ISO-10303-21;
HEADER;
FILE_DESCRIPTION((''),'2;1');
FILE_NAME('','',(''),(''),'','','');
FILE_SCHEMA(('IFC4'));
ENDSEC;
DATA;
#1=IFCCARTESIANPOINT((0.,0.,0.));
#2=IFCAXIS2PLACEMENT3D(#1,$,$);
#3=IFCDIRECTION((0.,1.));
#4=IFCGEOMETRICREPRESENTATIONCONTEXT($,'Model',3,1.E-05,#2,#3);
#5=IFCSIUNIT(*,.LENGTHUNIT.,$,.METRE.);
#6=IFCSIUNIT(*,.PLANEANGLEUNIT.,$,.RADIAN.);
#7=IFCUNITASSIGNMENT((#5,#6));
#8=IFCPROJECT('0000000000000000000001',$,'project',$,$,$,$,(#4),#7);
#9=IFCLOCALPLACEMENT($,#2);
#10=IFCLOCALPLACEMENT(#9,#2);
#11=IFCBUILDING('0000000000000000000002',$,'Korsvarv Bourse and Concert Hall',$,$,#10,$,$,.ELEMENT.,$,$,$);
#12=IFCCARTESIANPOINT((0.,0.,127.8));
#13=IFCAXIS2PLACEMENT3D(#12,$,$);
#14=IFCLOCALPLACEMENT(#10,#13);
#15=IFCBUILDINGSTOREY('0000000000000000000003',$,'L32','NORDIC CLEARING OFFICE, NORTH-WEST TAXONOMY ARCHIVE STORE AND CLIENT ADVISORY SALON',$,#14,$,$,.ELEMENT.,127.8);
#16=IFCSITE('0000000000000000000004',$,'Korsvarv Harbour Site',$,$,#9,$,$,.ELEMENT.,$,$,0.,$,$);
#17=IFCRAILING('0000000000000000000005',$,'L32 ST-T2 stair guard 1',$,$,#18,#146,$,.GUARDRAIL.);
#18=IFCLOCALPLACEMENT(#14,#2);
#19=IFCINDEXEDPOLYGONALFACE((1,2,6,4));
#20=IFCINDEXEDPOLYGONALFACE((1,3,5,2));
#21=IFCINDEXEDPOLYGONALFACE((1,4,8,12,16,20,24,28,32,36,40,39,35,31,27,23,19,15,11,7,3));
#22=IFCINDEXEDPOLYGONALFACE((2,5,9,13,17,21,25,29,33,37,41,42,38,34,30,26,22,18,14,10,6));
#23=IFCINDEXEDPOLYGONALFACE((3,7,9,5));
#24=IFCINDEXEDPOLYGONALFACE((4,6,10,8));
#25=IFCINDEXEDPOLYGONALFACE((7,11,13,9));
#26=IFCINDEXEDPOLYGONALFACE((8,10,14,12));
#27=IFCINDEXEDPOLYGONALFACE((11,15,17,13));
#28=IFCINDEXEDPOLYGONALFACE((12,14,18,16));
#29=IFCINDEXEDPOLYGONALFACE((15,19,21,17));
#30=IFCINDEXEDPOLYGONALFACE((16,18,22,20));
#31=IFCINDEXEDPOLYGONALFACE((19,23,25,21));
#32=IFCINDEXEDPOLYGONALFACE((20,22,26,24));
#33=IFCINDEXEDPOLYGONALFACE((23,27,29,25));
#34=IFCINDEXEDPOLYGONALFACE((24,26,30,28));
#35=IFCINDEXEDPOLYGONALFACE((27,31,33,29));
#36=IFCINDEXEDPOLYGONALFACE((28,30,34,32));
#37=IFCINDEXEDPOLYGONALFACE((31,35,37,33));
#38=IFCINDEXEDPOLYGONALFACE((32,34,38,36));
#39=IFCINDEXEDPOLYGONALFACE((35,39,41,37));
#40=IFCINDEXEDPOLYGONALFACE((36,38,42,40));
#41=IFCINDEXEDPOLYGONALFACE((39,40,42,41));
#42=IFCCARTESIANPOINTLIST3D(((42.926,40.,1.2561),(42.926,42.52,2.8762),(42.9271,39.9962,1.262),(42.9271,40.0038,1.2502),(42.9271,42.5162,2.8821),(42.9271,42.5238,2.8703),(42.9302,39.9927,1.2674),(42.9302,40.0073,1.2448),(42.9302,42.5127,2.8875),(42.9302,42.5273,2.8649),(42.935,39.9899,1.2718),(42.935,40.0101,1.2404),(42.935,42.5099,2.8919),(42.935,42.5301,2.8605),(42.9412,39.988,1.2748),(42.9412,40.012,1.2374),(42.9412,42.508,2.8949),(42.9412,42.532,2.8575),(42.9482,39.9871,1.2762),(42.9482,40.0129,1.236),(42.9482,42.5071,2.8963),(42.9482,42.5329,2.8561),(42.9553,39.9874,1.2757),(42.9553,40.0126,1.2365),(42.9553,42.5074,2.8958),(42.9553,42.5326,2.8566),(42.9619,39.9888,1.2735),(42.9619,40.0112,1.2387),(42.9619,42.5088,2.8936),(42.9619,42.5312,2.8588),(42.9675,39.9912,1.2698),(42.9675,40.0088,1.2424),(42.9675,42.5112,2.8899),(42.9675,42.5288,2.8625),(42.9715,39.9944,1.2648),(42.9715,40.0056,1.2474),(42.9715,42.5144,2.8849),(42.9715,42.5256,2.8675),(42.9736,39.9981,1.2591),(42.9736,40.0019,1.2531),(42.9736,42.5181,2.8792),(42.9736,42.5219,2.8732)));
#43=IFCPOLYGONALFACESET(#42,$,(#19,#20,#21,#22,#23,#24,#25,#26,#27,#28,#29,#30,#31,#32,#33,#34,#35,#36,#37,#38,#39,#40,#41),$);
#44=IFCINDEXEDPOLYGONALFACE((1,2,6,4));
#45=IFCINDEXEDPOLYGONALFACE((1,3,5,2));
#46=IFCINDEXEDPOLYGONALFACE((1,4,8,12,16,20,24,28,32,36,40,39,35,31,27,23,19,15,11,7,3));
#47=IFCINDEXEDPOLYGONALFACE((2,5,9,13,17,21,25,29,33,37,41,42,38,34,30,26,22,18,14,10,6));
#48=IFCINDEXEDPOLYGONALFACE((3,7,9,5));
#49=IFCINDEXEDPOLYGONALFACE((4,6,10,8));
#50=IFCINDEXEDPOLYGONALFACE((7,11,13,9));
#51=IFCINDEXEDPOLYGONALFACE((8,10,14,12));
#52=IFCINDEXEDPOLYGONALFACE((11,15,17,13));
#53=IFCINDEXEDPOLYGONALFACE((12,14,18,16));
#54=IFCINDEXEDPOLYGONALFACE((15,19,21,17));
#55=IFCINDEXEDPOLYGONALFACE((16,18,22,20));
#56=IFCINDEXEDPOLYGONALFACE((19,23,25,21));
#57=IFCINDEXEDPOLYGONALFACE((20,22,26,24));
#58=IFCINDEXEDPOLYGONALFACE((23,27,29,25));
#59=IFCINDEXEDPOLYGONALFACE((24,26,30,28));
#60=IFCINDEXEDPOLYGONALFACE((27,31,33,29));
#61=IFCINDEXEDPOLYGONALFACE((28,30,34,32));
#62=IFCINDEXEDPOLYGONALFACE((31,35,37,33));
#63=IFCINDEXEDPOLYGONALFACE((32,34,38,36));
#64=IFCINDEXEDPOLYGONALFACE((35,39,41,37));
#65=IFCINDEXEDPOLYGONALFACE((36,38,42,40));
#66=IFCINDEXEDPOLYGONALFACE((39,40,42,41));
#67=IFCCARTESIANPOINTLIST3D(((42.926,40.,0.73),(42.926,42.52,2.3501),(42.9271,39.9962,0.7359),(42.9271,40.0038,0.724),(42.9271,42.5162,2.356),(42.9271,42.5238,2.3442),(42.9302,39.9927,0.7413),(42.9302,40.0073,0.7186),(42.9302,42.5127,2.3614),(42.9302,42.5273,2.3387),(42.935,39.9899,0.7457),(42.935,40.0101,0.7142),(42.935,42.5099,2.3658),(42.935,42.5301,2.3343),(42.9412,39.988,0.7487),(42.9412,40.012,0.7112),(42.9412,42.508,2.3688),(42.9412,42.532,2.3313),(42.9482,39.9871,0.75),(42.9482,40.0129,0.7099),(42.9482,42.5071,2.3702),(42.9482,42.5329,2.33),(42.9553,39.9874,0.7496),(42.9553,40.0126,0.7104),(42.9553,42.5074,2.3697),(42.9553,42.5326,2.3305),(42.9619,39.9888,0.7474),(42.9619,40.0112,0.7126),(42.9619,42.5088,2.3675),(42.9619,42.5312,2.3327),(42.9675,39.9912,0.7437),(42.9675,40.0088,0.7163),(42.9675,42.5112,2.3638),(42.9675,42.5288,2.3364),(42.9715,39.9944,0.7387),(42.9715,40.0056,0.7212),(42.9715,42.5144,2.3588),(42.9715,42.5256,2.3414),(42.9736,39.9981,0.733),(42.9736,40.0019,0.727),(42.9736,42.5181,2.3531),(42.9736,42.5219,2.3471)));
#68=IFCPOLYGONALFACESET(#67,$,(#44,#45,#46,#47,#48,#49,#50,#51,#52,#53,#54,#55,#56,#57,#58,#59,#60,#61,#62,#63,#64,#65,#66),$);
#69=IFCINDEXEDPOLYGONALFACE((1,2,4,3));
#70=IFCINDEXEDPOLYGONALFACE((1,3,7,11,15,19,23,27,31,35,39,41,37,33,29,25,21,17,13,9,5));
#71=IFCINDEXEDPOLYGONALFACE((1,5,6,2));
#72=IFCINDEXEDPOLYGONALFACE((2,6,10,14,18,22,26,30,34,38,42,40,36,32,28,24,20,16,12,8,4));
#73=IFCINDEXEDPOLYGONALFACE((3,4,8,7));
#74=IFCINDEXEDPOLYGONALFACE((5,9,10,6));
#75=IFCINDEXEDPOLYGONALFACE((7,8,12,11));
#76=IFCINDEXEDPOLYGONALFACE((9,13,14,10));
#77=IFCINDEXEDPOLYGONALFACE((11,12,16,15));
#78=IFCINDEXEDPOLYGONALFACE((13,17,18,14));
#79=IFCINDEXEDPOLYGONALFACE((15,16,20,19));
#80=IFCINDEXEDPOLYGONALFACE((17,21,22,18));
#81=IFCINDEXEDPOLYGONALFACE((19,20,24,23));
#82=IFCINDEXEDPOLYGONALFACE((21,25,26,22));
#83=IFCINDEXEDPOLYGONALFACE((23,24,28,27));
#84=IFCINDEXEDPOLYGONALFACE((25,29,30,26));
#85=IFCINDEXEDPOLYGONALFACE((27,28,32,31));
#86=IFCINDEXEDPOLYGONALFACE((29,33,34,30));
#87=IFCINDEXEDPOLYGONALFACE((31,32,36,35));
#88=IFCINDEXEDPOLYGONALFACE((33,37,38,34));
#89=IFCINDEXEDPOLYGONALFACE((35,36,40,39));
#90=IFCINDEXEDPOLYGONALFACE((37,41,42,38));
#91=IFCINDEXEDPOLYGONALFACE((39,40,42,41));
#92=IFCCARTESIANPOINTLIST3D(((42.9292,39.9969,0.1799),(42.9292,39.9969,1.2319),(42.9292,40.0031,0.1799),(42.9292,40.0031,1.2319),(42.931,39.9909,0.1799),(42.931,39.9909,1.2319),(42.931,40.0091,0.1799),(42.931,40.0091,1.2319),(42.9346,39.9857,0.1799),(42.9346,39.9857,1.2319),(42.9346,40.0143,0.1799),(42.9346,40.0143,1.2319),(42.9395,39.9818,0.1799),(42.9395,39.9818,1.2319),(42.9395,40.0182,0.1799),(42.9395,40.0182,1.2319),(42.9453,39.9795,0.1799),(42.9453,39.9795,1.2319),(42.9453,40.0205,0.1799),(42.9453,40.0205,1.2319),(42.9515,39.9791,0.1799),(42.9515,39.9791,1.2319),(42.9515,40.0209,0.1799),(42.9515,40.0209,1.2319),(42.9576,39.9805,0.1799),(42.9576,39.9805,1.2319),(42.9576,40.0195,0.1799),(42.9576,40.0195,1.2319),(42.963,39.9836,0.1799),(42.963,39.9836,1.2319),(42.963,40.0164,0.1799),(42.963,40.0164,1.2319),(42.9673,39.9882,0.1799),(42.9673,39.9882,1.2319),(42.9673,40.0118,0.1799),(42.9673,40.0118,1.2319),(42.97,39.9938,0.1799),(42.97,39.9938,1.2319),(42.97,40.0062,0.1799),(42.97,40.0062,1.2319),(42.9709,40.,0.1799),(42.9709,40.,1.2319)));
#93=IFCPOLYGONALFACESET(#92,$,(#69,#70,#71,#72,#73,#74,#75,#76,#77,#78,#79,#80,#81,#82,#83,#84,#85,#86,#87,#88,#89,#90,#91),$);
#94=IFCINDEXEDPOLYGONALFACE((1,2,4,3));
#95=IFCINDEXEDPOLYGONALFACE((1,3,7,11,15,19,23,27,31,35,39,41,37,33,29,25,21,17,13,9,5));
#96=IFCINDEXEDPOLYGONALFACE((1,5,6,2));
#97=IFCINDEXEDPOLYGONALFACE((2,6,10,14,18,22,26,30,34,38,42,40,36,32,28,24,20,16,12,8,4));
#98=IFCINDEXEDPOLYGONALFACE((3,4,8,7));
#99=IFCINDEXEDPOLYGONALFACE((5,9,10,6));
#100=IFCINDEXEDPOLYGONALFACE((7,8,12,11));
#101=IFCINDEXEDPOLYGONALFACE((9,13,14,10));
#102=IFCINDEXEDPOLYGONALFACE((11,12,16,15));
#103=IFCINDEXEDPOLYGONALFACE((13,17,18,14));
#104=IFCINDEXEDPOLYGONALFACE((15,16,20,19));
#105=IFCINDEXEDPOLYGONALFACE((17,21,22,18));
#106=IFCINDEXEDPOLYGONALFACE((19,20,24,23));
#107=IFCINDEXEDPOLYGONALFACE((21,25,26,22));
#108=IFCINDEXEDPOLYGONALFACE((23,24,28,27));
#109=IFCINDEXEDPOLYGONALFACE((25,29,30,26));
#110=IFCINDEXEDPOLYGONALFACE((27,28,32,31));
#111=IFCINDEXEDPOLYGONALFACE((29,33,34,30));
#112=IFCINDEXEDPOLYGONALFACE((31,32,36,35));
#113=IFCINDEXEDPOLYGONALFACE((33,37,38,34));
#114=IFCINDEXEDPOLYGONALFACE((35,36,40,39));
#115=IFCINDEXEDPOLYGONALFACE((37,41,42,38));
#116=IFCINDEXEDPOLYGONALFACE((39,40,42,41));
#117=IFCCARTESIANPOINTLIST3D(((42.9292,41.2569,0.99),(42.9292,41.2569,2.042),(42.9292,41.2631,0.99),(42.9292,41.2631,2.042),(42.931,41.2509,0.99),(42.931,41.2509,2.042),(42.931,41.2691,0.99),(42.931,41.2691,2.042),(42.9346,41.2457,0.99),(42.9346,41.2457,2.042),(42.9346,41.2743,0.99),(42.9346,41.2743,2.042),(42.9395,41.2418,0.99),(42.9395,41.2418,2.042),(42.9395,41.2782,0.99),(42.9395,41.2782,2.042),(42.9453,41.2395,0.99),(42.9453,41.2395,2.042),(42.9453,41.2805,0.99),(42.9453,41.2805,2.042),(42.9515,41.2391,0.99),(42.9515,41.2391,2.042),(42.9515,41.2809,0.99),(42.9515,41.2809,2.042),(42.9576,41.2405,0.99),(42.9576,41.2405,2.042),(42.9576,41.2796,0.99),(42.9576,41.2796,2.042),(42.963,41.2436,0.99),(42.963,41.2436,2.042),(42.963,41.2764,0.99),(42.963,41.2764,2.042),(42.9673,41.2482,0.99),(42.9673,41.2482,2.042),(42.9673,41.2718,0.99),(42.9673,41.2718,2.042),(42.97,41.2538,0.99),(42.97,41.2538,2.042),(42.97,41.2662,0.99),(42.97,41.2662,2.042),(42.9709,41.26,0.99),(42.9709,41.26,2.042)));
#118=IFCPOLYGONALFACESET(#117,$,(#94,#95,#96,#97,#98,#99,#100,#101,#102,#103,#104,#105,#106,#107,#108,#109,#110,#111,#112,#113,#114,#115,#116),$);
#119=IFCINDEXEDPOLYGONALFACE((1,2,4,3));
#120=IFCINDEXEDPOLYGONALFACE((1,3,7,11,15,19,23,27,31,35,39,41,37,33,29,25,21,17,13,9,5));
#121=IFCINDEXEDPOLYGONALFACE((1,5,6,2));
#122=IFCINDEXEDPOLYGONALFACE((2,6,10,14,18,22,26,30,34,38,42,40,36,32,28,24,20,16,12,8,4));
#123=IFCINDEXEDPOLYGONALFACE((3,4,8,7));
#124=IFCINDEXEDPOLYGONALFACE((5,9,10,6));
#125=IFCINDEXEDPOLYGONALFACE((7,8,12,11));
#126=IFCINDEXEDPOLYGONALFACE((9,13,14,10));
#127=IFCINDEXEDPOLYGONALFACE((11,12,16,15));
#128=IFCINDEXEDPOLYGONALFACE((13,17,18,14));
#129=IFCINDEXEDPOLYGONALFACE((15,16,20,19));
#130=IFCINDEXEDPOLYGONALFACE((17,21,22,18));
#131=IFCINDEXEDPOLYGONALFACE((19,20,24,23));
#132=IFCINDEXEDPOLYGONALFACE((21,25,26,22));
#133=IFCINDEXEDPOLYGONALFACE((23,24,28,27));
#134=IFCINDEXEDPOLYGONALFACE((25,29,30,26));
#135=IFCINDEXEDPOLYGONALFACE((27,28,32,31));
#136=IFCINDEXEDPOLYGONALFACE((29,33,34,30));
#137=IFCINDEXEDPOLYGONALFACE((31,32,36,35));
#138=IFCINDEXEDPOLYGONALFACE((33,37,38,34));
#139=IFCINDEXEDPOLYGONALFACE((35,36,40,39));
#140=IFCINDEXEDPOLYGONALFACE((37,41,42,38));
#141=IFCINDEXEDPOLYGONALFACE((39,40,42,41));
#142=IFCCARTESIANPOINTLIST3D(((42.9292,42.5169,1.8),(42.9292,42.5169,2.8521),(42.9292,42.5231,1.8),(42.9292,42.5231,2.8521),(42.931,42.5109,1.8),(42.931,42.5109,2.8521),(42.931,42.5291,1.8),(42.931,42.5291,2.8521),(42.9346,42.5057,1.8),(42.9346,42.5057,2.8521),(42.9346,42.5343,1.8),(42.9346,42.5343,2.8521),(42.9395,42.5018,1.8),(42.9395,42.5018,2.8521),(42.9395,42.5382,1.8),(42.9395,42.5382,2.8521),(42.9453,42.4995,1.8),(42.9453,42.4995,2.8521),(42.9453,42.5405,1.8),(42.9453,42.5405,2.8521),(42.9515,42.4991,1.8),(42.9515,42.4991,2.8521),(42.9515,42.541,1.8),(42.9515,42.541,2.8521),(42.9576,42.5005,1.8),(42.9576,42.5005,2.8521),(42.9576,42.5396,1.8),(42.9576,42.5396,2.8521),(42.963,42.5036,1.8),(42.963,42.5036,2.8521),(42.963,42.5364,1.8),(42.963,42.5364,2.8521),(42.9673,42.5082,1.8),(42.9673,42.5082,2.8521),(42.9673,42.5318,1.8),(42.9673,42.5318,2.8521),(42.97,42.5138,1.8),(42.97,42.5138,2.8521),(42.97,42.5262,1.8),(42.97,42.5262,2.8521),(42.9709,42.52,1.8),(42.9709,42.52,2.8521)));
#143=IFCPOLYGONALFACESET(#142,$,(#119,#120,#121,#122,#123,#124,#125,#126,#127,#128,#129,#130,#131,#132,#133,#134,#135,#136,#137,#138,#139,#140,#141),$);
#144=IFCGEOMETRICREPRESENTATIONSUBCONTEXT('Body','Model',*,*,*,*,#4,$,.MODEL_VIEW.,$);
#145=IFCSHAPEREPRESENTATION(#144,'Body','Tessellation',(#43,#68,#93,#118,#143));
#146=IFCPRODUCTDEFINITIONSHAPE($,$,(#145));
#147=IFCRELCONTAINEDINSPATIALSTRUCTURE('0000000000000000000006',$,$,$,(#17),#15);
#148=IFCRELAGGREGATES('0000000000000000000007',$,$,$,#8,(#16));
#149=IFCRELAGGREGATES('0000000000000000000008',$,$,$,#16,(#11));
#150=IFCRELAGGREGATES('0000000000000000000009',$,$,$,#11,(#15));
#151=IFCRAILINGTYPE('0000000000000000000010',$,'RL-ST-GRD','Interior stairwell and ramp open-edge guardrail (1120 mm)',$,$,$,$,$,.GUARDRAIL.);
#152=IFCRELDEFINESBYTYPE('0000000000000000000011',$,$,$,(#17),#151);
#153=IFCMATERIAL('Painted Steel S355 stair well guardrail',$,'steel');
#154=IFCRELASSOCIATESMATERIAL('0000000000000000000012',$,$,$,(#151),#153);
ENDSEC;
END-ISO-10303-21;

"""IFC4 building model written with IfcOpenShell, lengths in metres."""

from ifc_helpers import new_model, si_unit, direction, frame, origin, origin_2d, place, context, subcontext, project, spatial, circle, extrude, material, type_object, element, save


model = new_model("IFC4")

# Units and contexts
model_context = context("Model", 3, precision=1e-05, world=origin(), true_north=direction((0.0, 1.0)))
body_context = subcontext(model_context, "Body", "Model", "MODEL_VIEW")
ifc_project = project(units=[si_unit("LENGTHUNIT", "METRE"), si_unit("PLANEANGLEUNIT", "RADIAN")], contexts=[model_context])

# Site, building, storey
site_placement = place(None, origin())
site = spatial("IfcSite", under=ifc_project, at=site_placement, Name="Korsvarv Harbour Site", CompositionType="ELEMENT", RefElevation=0.0)
building_placement = place(site_placement, origin())
building = spatial("IfcBuilding", under=site, at=building_placement, Name="Korsvarv Bourse and Concert Hall", CompositionType="ELEMENT")
storey_placement = place(building_placement, frame((0.0, 0.0, 127.8)))
storey = spatial("IfcBuildingStorey", under=building, at=storey_placement, Name="L32", Description="NORDIC CLEARING OFFICE, NORTH-WEST TAXONOMY ARCHIVE STORE AND CLIENT ADVISORY SALON", CompositionType="ELEMENT", Elevation=127.8)

# Railing
ifc_material_1 = material(Name="Painted Steel S355 stair well guardrail", Category="steel")
railing_type_1 = type_object("IfcRailingType", Name="RL-ST-GRD", Description="Interior stairwell and ramp open-edge guardrail (1120 mm)", PredefinedType="GUARDRAIL", material=ifc_material_1)
railing_1_placement = place(storey_placement, frame((42.95, 40.0, 0.1799)))
element("IfcRailing", 1, at=railing_1_placement, inside=storey, type_object=railing_type_1, Name="L32 ST-T2 stair guard 1", PredefinedType="GUARDRAIL", context=body_context, shape_type="SweptSolid", body=[
    extrude(circle(Radius=0.0239, at=origin_2d()), frame((0.0, 0.0, 1.0762), z_axis=(0.0, 0.841163, 0.540782), x_axis=(-1.0, 0.0, 0.0)), (0.0, 0.0, 1.0), 2.9958),
    extrude(circle(Radius=0.0239, at=origin_2d()), frame((0.0, 0.0, 0.55), z_axis=(0.0, 0.841163, 0.540782), x_axis=(-1.0, 0.0, 0.0)), (0.0, 0.0, 1.0), 2.9958),
    extrude(circle(Radius=0.021, at=origin_2d()), origin(), (0.0, 0.0, 1.0), 1.052),
    extrude(circle(Radius=0.021, at=origin_2d()), frame((0.0, 1.26, 0.8101)), (0.0, 0.0, 1.0), 1.052),
    extrude(circle(Radius=0.021, at=origin_2d()), frame((0.0, 2.52, 1.6201)), (0.0, 0.0, 1.0), 1.052),
])

save(model, "model.ifc")
